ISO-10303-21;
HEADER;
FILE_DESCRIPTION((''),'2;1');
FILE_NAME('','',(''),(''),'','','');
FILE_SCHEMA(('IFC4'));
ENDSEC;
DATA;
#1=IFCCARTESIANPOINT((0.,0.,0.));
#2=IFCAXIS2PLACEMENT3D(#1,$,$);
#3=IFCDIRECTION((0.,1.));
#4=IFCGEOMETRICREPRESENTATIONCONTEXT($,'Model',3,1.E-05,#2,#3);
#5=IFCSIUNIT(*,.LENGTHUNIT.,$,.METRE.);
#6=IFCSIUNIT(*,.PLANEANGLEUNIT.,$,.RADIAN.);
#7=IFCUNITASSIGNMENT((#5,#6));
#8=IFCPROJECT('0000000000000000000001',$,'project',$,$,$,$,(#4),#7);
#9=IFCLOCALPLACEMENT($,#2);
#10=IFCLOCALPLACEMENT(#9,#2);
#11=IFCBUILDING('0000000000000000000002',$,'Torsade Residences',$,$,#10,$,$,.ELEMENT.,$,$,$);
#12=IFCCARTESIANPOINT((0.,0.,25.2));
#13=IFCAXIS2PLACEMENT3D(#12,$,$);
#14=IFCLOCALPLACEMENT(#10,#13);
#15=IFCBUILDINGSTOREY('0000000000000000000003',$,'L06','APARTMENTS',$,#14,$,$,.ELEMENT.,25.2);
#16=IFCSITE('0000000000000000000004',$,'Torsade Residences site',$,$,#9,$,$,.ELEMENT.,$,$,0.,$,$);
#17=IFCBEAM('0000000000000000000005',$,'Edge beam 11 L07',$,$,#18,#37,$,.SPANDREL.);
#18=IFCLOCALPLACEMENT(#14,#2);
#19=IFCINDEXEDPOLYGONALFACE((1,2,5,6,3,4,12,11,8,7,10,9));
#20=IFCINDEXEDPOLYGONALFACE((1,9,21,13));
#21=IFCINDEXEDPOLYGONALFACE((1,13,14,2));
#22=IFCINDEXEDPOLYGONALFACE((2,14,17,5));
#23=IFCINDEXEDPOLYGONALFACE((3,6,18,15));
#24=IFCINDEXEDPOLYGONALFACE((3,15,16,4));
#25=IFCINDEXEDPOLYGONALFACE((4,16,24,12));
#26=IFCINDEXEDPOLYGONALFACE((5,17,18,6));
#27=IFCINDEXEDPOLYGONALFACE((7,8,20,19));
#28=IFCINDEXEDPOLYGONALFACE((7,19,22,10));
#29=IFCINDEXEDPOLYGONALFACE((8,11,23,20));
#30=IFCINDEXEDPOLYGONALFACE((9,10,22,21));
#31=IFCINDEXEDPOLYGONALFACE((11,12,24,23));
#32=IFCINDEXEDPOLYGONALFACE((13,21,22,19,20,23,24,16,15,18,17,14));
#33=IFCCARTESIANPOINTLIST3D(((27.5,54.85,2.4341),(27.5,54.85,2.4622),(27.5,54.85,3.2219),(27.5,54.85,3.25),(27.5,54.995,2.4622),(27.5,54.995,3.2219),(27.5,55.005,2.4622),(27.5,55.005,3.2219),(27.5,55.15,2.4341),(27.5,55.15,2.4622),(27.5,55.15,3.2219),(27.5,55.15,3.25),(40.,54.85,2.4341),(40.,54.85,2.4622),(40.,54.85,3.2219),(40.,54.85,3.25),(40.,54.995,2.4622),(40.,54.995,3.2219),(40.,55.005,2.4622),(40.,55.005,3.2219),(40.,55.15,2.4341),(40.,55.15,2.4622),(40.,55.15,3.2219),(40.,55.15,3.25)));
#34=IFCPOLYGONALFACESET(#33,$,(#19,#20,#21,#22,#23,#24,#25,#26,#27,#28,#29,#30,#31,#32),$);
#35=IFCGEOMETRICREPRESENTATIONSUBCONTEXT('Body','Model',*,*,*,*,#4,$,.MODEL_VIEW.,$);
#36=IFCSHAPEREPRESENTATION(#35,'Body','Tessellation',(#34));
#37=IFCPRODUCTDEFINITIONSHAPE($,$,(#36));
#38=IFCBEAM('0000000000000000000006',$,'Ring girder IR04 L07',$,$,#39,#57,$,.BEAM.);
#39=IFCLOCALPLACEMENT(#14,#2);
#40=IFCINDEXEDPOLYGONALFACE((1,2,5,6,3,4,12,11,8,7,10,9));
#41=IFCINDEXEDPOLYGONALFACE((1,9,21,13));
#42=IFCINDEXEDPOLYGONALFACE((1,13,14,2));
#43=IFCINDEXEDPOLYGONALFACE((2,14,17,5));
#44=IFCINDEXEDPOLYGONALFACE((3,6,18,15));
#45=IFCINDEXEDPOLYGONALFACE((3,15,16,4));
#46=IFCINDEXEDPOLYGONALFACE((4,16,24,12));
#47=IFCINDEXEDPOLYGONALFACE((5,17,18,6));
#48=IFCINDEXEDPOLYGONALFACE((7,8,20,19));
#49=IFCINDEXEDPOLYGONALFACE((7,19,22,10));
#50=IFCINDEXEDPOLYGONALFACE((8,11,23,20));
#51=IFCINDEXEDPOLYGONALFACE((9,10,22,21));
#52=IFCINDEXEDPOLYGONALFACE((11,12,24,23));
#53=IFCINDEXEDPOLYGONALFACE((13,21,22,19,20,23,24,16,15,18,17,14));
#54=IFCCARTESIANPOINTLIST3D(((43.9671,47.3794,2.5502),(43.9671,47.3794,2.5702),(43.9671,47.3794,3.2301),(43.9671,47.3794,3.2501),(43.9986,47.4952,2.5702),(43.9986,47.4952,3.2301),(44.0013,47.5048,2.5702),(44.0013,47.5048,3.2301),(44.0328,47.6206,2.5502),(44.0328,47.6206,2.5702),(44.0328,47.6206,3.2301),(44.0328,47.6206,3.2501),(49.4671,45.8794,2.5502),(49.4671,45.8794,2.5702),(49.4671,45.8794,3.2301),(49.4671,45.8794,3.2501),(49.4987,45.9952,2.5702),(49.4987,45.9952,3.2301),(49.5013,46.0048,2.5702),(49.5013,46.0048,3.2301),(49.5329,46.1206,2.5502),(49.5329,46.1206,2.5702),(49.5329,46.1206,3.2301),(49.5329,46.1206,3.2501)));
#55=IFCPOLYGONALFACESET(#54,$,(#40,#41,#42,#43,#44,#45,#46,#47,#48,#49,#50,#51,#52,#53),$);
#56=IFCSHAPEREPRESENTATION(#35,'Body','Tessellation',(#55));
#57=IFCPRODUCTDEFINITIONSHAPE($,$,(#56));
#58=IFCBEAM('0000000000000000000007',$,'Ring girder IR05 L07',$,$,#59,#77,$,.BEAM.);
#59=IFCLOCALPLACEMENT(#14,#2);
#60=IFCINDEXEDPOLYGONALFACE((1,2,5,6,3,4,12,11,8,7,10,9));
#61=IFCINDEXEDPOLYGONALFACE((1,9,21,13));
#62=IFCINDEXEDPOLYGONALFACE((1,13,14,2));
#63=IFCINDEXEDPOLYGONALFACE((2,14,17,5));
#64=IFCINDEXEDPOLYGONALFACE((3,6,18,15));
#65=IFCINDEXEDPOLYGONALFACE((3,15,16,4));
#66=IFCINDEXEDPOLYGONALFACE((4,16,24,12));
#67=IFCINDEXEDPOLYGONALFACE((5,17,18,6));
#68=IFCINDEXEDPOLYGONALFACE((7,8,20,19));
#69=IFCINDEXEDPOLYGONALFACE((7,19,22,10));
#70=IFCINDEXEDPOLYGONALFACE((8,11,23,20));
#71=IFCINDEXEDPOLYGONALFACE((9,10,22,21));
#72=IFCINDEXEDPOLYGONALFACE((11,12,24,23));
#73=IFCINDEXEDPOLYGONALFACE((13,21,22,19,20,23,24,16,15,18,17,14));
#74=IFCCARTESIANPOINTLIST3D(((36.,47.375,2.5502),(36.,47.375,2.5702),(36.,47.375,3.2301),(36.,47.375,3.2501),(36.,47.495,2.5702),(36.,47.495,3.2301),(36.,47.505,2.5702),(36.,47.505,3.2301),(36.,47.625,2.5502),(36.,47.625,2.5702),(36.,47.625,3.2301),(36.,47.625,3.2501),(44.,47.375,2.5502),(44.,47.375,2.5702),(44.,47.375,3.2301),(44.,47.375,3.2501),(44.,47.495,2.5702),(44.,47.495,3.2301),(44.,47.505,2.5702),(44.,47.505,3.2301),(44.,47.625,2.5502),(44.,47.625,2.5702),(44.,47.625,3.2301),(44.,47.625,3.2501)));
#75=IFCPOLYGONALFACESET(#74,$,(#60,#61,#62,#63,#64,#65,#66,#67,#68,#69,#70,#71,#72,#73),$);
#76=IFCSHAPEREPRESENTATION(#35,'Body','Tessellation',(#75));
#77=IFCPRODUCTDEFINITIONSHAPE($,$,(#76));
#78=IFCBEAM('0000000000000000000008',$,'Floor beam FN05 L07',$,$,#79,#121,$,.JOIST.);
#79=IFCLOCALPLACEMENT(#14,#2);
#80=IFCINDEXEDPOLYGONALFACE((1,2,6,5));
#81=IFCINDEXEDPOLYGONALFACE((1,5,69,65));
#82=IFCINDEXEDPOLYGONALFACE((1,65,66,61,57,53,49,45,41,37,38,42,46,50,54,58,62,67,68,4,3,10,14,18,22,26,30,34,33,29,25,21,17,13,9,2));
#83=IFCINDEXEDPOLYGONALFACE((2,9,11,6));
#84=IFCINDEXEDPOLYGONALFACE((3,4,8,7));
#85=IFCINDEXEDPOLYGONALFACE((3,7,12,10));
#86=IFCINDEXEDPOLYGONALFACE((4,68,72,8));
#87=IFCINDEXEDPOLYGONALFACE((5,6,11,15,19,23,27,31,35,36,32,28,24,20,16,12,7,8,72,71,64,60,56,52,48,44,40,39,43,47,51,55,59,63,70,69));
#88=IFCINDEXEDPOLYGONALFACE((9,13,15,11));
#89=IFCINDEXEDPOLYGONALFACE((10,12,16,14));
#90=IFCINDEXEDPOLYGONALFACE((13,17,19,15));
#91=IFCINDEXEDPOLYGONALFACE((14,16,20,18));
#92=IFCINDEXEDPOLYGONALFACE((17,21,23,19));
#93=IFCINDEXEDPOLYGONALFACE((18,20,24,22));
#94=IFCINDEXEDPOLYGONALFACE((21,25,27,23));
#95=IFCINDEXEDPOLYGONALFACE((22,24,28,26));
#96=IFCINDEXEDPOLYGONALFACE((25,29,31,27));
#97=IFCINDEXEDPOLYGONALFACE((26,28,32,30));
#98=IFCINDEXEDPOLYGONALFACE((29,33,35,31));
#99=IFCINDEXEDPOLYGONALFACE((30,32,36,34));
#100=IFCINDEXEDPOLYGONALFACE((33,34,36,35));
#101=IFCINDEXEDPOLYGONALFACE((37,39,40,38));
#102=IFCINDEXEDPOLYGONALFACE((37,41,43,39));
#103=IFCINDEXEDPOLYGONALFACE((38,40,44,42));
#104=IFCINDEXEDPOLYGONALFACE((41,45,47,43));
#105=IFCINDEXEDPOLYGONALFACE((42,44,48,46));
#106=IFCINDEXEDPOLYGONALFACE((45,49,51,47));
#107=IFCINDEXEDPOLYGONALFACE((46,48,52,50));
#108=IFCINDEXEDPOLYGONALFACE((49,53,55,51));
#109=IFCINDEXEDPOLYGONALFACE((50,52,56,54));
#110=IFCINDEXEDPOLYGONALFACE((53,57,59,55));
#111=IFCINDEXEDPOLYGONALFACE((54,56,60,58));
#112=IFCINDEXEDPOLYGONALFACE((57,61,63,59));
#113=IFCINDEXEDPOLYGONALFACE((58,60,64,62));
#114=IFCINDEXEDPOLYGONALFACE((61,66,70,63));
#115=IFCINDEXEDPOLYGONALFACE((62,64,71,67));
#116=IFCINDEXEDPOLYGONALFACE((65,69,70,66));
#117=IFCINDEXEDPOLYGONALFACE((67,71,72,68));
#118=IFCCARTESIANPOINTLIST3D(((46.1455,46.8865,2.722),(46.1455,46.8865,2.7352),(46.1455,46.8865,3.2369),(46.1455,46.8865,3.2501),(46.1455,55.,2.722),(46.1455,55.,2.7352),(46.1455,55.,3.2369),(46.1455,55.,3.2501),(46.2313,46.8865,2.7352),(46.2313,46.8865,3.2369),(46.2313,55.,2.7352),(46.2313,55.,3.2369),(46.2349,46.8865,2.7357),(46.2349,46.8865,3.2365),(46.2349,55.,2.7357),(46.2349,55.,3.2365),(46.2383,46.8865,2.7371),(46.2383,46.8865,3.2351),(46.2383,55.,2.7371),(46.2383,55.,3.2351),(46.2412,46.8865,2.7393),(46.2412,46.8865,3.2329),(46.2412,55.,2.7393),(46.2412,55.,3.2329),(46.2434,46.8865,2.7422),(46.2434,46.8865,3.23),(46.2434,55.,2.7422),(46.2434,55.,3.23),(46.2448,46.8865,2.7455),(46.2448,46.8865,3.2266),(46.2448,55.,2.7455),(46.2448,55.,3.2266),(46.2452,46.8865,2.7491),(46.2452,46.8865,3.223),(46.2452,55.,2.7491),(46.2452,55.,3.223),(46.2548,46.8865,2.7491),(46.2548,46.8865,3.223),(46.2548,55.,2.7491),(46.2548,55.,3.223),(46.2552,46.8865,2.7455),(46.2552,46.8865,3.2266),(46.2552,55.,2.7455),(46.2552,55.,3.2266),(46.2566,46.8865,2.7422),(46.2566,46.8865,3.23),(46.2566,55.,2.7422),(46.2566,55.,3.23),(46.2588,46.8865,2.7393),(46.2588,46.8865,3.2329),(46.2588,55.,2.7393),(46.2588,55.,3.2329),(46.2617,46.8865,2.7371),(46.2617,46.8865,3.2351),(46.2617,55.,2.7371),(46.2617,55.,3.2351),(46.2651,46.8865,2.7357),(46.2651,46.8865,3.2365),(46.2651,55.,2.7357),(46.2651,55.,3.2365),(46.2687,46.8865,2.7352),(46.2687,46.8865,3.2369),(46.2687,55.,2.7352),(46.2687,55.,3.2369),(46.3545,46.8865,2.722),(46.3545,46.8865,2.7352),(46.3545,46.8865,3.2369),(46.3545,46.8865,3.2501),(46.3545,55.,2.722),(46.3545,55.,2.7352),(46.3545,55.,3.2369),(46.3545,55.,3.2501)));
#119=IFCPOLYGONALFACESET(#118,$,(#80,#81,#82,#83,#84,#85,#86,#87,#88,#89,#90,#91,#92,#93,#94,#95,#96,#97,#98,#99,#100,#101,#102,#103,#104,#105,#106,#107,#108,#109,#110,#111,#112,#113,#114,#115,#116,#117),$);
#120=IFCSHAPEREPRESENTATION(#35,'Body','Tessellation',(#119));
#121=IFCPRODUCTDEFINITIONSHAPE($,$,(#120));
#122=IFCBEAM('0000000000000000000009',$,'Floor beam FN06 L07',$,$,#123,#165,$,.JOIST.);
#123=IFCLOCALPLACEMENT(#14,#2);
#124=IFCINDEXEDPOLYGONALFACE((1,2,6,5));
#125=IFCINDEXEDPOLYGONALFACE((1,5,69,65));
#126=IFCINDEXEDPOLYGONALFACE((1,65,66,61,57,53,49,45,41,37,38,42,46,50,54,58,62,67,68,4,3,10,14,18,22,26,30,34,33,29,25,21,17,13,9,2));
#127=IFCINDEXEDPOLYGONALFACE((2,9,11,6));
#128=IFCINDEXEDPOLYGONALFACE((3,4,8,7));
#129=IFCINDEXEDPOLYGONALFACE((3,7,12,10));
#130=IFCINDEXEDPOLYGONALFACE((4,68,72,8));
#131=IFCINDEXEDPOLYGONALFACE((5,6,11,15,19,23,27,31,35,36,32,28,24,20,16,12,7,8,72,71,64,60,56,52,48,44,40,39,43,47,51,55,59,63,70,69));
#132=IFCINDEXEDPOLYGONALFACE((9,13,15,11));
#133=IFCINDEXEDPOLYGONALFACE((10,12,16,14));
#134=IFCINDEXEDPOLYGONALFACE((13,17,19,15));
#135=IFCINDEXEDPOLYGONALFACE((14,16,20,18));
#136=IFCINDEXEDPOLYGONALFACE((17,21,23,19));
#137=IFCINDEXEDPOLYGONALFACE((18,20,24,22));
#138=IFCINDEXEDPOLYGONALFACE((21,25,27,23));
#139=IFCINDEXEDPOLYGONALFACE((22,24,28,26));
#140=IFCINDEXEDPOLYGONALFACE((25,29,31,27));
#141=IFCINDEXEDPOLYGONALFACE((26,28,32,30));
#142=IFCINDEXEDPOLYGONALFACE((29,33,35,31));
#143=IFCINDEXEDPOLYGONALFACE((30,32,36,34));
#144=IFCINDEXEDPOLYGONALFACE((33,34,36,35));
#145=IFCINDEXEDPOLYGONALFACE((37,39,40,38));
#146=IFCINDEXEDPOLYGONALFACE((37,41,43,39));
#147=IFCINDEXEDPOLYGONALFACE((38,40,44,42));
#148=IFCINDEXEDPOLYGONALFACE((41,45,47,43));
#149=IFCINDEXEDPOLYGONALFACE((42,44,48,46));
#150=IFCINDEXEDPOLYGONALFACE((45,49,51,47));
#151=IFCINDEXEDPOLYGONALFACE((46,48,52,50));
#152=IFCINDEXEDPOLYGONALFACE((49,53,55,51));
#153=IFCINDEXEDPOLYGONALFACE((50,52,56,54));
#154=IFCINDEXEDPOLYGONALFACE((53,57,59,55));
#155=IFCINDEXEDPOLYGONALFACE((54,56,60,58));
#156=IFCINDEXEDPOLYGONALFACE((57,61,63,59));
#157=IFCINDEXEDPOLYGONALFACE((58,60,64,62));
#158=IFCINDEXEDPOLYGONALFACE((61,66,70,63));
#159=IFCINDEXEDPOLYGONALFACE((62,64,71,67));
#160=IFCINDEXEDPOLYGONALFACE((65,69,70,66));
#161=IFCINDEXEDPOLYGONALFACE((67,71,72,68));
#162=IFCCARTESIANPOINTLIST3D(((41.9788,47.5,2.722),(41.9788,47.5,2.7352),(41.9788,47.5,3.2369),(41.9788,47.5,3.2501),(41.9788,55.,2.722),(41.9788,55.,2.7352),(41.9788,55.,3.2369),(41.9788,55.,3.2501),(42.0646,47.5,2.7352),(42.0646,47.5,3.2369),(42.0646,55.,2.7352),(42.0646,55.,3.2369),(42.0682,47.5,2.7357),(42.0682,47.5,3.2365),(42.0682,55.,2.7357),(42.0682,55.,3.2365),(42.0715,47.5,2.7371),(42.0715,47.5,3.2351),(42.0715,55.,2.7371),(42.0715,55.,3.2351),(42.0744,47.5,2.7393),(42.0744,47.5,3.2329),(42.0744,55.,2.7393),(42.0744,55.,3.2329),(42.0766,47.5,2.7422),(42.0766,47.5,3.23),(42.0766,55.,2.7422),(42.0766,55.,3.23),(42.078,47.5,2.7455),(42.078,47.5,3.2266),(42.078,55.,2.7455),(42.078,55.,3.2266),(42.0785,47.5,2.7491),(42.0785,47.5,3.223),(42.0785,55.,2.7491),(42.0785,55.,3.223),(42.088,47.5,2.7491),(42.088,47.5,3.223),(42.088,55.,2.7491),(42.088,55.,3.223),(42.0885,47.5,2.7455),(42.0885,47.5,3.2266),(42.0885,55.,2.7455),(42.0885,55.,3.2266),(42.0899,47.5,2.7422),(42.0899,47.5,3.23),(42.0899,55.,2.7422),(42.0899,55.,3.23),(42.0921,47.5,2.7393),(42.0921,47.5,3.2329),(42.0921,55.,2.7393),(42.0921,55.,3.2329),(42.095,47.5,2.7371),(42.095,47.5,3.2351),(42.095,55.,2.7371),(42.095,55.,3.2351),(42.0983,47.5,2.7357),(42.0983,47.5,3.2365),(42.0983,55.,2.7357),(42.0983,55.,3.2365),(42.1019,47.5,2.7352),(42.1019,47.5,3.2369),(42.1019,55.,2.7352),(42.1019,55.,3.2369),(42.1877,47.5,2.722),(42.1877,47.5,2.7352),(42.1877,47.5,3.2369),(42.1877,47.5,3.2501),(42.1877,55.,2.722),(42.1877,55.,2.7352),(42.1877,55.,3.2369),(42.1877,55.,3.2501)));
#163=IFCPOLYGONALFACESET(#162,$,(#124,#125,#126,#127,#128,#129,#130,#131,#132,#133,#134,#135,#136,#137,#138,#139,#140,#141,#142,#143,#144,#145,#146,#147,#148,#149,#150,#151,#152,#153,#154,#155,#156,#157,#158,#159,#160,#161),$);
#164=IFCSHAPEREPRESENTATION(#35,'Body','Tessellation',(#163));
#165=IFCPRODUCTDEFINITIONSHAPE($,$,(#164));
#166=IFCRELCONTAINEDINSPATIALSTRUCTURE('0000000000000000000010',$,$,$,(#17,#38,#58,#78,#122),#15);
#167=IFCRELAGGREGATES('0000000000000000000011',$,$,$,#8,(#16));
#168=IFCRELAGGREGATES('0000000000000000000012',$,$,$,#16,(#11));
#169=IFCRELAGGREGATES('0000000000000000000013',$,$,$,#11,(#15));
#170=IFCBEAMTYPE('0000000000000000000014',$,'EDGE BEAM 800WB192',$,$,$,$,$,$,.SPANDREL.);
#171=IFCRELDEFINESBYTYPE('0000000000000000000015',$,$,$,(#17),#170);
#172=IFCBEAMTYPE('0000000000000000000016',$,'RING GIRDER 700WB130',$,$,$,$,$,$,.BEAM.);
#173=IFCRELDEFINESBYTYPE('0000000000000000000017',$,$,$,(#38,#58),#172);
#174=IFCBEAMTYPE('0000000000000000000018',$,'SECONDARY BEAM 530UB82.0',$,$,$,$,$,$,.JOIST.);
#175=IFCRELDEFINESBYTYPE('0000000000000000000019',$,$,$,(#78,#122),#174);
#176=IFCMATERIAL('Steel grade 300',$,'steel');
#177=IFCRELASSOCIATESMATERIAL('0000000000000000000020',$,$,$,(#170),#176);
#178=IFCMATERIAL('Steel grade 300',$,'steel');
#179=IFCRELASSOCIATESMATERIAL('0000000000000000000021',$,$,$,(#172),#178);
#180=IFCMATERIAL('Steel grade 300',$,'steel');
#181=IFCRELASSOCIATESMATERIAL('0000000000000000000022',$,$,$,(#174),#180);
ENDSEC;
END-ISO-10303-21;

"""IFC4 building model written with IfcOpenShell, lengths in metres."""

from ifc_helpers import new_model, si_unit, direction, frame, origin, origin_2d, place, context, subcontext, project, spatial, i_section, extrude, material, material_profile, profile_set, type_object, element, save


model = new_model("IFC4")

# Units and contexts
model_context = context("Model", 3, precision=1e-05, world=origin(), true_north=direction((0.0, 1.0)))
body_context = subcontext(model_context, "Body", "Model", "MODEL_VIEW")
ifc_project = project(units=[si_unit("LENGTHUNIT", "METRE"), si_unit("PLANEANGLEUNIT", "RADIAN")], contexts=[model_context])

# Site, building, storey
site_placement = place(None, origin())
site = spatial("IfcSite", under=ifc_project, at=site_placement, Name="Torsade Residences site", CompositionType="ELEMENT", RefElevation=0.0)
building_placement = place(site_placement, origin())
building = spatial("IfcBuilding", under=site, at=building_placement, Name="Torsade Residences", CompositionType="ELEMENT")
storey_placement = place(building_placement, frame((0.0, 0.0, 25.2)))
storey = spatial("IfcBuildingStorey", under=building, at=storey_placement, Name="L06", Description="APARTMENTS", CompositionType="ELEMENT", Elevation=25.2)

# Beams
ifc_material_1 = material(Name="Steel grade 300", Category="steel")
ifc_material_profile_1 = material_profile(ifc_material_1, i_section(OverallWidth=0.3, OverallDepth=0.8159, WebThickness=0.01, FlangeThickness=0.0281, at=origin_2d()), Name="800WB192")
ifc_profile_set_1 = profile_set([ifc_material_profile_1], Name="Steel grade 300")
beam_type_1 = type_object("IfcBeamType", Name="EDGE BEAM 800WB192", PredefinedType="SPANDREL", material=ifc_profile_set_1)
for number, where, z_axis, x_axis, name in (
    (1, (40.0, 55.0, 2.842), (-1.0, 0.0, 0.0), (0.0, -1.0, 0.0), "Edge beam 11 L07"),
):
    element("IfcBeam", number, at=place(storey_placement, frame(where, z_axis=z_axis, x_axis=x_axis)), inside=storey, type_object=beam_type_1, Name=name, PredefinedType="SPANDREL", context=body_context, shape_type="SweptSolid", body=[
        extrude(i_section(OverallWidth=0.3, OverallDepth=0.8159, WebThickness=0.01, FlangeThickness=0.0281, at=origin_2d()), origin(), (0.0, 0.0, 1.0), 12.5),
    ])
ifc_material_2 = material(Name="Steel grade 300", Category="steel")
ifc_material_profile_2 = material_profile(ifc_material_2, i_section(OverallWidth=0.25, OverallDepth=0.7, WebThickness=0.01, FlangeThickness=0.02, at=origin_2d()), Name="700WB130")
ifc_profile_set_2 = profile_set([ifc_material_profile_2], Name="Steel grade 300")
beam_type_2 = type_object("IfcBeamType", Name="RING GIRDER 700WB130", PredefinedType="BEAM", material=ifc_profile_set_2)
beam_1_placement = place(storey_placement, frame((49.5, 46.0, 2.9001), z_axis=(-0.964764, 0.263117, 0.0), x_axis=(-0.263117, -0.964764, 0.0)))
element("IfcBeam", 2, at=beam_1_placement, inside=storey, type_object=beam_type_2, Name="Ring girder IR04 L07", PredefinedType="BEAM", context=body_context, shape_type="SweptSolid", body=[
    extrude(i_section(OverallWidth=0.25, OverallDepth=0.7, WebThickness=0.01, FlangeThickness=0.02, at=origin_2d()), origin(), (0.0, 0.0, 1.0), 5.7009),
])
beam_2_placement = place(storey_placement, frame((44.0, 47.5, 2.9001), z_axis=(-1.0, 0.0, 0.0), x_axis=(0.0, -1.0, 0.0)))
element("IfcBeam", 3, at=beam_2_placement, inside=storey, type_object=beam_type_2, Name="Ring girder IR05 L07", PredefinedType="BEAM", context=body_context, shape_type="SweptSolid", body=[
    extrude(i_section(OverallWidth=0.25, OverallDepth=0.7, WebThickness=0.01, FlangeThickness=0.02, at=origin_2d()), origin(), (0.0, 0.0, 1.0), 8.0),
])
ifc_material_3 = material(Name="Steel grade 300", Category="steel")
ifc_material_profile_3 = material_profile(ifc_material_3, i_section(OverallWidth=0.209, OverallDepth=0.5281, WebThickness=0.0095, FlangeThickness=0.0132, FilletRadius=0.0139, at=origin_2d()), Name="530UB82.0")
ifc_profile_set_3 = profile_set([ifc_material_profile_3], Name="Steel grade 300")
beam_type_3 = type_object("IfcBeamType", Name="SECONDARY BEAM 530UB82.0", PredefinedType="JOIST", material=ifc_profile_set_3)
beam_3_placement = place(storey_placement, frame((46.25, 55.0, 2.9861), z_axis=(0.0, -1.0, 0.0), x_axis=(1.0, 0.0, 0.0)))
element("IfcBeam", 4, at=beam_3_placement, inside=storey, type_object=beam_type_3, Name="Floor beam FN05 L07", PredefinedType="JOIST", context=body_context, shape_type="SweptSolid", body=[
    extrude(i_section(OverallWidth=0.209, OverallDepth=0.5281, WebThickness=0.0095, FlangeThickness=0.0132, FilletRadius=0.0139, at=origin_2d()), origin(), (0.0, 0.0, 1.0), 8.1135),
])
beam_4_placement = place(storey_placement, frame((42.0833, 55.0, 2.9861), z_axis=(0.0, -1.0, 0.0), x_axis=(1.0, 0.0, 0.0)))
element("IfcBeam", 5, at=beam_4_placement, inside=storey, type_object=beam_type_3, Name="Floor beam FN06 L07", PredefinedType="JOIST", context=body_context, shape_type="SweptSolid", body=[
    extrude(i_section(OverallWidth=0.209, OverallDepth=0.5281, WebThickness=0.0095, FlangeThickness=0.0132, FilletRadius=0.0139, at=origin_2d()), origin(), (0.0, 0.0, 1.0), 7.5),
])

save(model, "model.ifc")
